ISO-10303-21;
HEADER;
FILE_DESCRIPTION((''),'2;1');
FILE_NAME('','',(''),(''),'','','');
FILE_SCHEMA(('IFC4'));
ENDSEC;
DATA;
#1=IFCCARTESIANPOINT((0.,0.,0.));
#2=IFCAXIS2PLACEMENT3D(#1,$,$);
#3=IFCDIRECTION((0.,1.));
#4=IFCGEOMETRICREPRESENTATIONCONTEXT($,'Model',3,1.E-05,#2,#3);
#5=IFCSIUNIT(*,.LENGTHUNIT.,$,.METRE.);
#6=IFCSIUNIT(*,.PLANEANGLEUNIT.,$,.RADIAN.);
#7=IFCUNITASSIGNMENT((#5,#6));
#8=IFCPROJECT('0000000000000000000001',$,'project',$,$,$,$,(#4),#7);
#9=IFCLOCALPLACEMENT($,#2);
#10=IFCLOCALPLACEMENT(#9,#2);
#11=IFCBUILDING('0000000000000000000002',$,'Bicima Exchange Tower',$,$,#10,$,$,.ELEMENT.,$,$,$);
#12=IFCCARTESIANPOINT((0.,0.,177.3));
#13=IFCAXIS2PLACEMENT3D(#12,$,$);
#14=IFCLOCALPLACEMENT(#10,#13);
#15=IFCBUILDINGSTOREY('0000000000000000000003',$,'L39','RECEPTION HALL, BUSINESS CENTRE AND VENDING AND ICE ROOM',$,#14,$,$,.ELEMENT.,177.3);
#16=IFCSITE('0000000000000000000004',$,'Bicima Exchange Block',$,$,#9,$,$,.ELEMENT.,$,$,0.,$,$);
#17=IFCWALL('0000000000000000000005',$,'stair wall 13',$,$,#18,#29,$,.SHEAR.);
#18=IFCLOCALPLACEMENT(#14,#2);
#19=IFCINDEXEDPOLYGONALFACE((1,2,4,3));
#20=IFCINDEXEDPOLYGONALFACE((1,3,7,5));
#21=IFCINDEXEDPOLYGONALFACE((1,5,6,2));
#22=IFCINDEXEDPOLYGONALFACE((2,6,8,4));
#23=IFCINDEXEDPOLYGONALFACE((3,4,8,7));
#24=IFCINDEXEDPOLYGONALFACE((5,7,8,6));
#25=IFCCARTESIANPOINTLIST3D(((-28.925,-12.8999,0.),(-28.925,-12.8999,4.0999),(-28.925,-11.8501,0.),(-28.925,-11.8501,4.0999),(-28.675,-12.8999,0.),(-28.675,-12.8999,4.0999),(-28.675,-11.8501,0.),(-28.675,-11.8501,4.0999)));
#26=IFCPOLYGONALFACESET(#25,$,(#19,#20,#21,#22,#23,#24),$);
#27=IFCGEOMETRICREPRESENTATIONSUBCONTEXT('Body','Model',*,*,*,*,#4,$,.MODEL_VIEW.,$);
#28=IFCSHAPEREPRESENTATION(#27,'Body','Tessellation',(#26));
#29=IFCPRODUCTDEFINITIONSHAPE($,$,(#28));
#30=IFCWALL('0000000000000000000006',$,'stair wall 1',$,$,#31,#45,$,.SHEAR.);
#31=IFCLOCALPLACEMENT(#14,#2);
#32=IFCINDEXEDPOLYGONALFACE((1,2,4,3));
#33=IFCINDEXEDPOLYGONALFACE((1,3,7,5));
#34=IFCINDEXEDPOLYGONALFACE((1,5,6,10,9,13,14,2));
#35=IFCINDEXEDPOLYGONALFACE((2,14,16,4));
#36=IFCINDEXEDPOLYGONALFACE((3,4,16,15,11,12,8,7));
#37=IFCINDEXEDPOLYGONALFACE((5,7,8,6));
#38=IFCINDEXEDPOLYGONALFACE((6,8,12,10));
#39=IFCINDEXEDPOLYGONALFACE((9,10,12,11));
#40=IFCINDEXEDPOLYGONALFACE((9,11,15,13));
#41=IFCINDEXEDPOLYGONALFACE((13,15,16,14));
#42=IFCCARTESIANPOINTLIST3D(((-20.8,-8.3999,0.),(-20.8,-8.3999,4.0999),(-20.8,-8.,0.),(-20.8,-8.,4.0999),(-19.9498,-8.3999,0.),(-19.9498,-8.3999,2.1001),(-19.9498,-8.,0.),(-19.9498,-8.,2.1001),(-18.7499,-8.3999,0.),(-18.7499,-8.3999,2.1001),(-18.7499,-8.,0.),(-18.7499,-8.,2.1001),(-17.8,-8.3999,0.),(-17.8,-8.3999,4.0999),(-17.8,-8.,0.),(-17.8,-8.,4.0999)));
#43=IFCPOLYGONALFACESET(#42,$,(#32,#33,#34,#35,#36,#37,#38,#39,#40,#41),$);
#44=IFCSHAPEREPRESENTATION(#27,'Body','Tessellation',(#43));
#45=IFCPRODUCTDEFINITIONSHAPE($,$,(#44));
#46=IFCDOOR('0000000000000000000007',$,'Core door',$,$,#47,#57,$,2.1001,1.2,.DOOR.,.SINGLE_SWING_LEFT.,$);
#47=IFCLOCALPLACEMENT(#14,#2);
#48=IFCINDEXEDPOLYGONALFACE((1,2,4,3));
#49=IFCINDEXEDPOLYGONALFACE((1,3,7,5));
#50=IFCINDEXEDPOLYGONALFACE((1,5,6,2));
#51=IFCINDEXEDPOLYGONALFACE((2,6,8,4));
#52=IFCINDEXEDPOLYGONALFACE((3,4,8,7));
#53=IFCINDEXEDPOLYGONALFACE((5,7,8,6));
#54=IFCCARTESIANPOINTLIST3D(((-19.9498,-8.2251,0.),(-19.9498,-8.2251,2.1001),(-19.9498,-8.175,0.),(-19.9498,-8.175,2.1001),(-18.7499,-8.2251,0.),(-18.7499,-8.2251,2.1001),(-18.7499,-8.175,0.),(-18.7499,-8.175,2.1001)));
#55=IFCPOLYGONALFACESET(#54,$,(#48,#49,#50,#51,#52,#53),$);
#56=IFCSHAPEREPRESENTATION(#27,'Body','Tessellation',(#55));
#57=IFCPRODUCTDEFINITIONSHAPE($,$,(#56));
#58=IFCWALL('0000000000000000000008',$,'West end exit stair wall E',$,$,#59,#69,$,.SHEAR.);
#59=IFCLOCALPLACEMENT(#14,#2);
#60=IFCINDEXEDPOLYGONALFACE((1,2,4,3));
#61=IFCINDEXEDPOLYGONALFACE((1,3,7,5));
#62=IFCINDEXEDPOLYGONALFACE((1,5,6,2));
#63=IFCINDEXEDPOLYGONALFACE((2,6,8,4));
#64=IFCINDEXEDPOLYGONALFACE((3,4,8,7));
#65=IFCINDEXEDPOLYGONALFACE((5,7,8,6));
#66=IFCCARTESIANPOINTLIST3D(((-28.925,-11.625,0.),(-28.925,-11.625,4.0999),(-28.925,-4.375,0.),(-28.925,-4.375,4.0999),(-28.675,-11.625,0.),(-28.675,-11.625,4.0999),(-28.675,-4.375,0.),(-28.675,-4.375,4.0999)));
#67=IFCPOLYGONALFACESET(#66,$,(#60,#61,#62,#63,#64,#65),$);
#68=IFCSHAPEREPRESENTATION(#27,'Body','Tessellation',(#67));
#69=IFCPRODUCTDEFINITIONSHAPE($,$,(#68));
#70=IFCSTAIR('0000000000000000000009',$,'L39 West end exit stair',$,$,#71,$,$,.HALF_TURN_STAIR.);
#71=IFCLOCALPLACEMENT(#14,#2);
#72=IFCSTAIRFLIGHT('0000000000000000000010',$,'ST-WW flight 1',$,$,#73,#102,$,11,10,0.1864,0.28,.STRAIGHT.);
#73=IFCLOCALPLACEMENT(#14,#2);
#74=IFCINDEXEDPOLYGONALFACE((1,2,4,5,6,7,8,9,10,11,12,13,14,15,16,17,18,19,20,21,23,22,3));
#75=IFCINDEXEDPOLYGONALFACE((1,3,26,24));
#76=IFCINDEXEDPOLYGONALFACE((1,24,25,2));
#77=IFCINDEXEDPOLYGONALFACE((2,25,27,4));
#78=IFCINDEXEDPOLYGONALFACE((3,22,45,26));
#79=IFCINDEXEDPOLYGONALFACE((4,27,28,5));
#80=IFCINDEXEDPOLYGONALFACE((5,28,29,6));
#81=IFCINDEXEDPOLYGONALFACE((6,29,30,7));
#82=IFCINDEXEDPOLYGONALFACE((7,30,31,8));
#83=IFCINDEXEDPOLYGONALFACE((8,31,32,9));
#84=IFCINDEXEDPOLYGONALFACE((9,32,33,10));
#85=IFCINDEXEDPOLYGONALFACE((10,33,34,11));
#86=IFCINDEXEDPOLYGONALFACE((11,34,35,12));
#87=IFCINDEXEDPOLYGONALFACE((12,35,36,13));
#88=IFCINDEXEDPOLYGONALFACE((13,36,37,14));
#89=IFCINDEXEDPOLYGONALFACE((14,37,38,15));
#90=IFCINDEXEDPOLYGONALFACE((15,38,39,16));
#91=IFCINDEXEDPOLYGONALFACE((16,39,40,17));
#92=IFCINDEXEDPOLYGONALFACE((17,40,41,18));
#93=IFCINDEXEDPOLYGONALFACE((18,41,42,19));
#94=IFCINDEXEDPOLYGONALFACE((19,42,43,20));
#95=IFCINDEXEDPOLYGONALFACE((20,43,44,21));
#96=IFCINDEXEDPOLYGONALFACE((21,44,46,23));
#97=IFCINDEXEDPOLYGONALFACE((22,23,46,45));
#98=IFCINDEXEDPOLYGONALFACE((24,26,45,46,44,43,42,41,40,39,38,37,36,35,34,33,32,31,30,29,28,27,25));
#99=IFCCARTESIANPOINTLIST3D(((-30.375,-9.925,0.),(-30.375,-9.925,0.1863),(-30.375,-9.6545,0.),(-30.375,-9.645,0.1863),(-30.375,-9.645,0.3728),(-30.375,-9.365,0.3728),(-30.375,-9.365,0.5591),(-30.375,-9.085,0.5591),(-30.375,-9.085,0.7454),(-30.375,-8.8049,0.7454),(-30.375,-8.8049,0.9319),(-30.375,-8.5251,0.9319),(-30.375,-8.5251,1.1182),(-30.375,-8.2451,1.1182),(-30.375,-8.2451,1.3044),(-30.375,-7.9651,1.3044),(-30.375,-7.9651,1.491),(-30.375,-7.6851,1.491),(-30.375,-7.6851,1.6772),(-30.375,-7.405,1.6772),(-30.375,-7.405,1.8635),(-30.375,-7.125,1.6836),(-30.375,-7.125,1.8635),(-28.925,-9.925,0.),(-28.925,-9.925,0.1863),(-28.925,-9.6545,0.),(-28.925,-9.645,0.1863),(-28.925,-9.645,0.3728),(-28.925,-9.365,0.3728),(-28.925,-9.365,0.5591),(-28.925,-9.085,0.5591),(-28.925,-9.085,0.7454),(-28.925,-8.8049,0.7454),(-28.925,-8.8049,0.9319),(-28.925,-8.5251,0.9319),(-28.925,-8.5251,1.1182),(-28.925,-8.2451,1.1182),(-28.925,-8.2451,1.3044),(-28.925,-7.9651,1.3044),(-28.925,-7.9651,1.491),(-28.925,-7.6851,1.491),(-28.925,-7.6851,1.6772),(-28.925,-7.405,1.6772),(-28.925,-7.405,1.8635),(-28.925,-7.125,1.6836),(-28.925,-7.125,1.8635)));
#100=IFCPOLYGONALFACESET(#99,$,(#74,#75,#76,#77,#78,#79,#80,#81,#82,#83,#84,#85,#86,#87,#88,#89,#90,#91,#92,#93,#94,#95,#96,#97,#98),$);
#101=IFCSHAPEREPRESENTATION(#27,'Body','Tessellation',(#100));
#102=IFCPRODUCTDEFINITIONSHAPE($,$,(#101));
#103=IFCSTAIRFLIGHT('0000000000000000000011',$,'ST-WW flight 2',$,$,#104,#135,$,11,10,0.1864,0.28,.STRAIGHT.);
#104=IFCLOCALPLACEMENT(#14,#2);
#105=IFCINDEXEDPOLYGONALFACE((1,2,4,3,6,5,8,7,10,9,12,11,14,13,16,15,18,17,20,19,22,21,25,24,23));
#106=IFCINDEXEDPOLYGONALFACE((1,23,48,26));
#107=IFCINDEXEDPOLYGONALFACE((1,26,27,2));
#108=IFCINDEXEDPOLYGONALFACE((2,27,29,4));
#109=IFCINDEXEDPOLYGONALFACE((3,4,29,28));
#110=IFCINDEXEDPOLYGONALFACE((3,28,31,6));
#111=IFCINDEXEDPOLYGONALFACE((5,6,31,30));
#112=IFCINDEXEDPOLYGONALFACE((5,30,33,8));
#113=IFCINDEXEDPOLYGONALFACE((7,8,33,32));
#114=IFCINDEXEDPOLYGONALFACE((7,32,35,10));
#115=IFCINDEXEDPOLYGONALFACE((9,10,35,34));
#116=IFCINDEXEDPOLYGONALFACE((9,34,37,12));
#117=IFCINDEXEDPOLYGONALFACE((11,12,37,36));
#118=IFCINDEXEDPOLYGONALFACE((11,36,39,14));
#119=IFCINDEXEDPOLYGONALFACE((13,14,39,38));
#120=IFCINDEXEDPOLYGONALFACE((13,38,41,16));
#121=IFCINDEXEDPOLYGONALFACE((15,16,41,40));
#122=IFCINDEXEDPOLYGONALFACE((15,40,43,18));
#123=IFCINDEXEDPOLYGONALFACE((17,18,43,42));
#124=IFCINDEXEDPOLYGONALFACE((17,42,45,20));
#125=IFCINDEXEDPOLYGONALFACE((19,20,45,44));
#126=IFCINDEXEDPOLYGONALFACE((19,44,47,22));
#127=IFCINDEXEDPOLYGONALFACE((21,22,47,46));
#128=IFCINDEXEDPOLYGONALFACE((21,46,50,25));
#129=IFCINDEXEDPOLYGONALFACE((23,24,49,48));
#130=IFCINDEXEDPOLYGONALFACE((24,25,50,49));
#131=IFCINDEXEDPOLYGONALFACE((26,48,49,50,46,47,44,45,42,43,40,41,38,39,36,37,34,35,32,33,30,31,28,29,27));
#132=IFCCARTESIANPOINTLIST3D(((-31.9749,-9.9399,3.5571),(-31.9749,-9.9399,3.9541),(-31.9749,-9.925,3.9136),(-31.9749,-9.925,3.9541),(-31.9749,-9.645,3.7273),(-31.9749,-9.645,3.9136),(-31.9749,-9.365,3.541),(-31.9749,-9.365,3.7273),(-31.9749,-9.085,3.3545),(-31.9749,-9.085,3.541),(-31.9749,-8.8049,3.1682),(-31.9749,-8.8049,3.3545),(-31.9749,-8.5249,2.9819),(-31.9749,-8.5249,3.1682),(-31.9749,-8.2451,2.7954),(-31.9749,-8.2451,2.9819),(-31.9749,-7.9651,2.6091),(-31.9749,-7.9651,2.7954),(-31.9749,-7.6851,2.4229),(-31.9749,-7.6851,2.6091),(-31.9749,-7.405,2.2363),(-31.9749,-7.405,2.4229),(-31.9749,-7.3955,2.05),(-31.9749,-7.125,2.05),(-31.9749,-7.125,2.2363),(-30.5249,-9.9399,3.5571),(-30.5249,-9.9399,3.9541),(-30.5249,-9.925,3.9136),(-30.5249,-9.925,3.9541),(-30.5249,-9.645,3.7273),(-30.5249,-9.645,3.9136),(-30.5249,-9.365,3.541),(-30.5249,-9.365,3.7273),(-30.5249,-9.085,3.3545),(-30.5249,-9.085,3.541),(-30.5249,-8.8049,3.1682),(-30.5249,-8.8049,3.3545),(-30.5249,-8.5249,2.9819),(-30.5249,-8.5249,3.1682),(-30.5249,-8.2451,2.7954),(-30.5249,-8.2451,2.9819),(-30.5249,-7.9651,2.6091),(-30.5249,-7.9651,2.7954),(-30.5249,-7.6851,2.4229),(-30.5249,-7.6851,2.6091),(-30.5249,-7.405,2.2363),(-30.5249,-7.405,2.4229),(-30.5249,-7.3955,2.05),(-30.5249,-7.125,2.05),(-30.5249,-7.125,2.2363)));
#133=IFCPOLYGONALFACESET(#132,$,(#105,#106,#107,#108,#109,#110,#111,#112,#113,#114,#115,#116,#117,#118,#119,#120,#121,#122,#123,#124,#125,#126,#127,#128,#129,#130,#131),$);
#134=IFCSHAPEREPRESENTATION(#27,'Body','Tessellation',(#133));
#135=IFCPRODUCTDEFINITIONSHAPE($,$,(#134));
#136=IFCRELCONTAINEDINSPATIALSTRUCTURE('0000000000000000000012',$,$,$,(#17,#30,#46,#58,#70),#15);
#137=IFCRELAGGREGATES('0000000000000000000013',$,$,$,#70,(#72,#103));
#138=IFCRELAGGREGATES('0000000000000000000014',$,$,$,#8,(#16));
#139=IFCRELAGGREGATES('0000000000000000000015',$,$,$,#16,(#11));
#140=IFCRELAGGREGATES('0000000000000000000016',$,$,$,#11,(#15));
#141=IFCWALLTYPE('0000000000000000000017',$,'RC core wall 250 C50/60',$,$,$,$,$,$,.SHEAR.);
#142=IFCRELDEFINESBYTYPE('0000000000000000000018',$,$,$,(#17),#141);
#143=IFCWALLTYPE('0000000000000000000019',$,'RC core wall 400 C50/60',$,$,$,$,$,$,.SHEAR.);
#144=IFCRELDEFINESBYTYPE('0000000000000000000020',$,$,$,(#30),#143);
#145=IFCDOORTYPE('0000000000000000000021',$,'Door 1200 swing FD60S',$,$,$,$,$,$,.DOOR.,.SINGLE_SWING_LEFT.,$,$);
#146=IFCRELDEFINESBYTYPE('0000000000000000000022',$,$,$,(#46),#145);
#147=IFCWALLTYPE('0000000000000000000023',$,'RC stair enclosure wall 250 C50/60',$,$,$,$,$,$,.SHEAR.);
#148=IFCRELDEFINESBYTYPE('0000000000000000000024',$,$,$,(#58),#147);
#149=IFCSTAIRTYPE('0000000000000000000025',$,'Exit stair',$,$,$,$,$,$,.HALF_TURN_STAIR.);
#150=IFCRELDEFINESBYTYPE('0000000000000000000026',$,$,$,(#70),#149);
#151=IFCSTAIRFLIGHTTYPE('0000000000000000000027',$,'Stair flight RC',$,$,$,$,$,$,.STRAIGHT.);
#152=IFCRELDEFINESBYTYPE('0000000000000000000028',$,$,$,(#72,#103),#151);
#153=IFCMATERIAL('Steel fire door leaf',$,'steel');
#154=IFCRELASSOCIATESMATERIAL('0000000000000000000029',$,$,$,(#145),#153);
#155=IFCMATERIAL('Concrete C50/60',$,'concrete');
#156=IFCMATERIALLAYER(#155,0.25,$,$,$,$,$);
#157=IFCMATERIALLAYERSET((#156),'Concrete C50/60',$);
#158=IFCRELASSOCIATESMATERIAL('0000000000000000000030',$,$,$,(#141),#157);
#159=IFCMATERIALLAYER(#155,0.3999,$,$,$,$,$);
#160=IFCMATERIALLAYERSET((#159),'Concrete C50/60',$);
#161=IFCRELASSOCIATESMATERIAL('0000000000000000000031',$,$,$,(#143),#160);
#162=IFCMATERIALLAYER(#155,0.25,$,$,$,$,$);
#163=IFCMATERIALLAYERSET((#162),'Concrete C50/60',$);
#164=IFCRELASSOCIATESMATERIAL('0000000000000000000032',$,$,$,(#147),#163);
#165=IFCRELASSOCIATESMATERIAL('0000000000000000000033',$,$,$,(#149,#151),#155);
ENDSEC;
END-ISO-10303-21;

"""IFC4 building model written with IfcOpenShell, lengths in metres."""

from ifc_helpers import new_model, si_unit, direction, frame, frame_2d, origin, place, context, subcontext, project, spatial, polyline, rectangle, outline, extrude, material, layer, layer_set, type_object, element, fill, aggregate, save


model = new_model("IFC4")

# Units and contexts
model_context = context("Model", 3, precision=1e-05, world=origin(), true_north=direction((0.0, 1.0)))
body_context = subcontext(model_context, "Body", "Model", "MODEL_VIEW")
ifc_project = project(units=[si_unit("LENGTHUNIT", "METRE"), si_unit("PLANEANGLEUNIT", "RADIAN")], contexts=[model_context])

# Site, building, storey
site_placement = place(None, origin())
site = spatial("IfcSite", under=ifc_project, at=site_placement, Name="Bicima Exchange Block", CompositionType="ELEMENT", RefElevation=0.0)
building_placement = place(site_placement, origin())
building = spatial("IfcBuilding", under=site, at=building_placement, Name="Bicima Exchange Tower", CompositionType="ELEMENT")
storey_placement = place(building_placement, frame((0.0, 0.0, 177.3)))
storey = spatial("IfcBuildingStorey", under=building, at=storey_placement, Name="L39", Description="RECEPTION HALL, BUSINESS CENTRE AND VENDING AND ICE ROOM", CompositionType="ELEMENT", Elevation=177.3)

# Shared definitions
ifc_material_1 = material(Name="Concrete C50/60", Category="concrete")
ifc_material_2 = material(Name="Steel fire door leaf", Category="steel")
door_type_1 = type_object("IfcDoorType", Name="Door 1200 swing FD60S", OperationType="SINGLE_SWING_LEFT", PredefinedType="DOOR", material=ifc_material_2)

# Wall
ifc_layer_1 = layer(ifc_material_1, 0.25)
ifc_layer_set_1 = layer_set([ifc_layer_1], Name="Concrete C50/60")
wall_type_1 = type_object("IfcWallType", Name="RC core wall 250 C50/60", PredefinedType="SHEAR", material=ifc_layer_set_1)
wall_1_placement = place(storey_placement, frame((-28.8, -12.8999, 0.0), z_axis=(0.0, 0.0, 1.0), x_axis=(0.0, 1.0, 0.0)))
element("IfcWall", 1, at=wall_1_placement, inside=storey, type_object=wall_type_1, Name="stair wall 13", PredefinedType="SHEAR", context=body_context, shape_type="SweptSolid", body=[
    extrude(rectangle(XDim=1.0498, YDim=0.25, at=frame_2d((0.5249, 0.0))), origin(), (0.0, 0.0, 1.0), 4.0999),
])

# Wall, opening, door
ifc_layer_2 = layer(ifc_material_1, 0.3999)
ifc_layer_set_2 = layer_set([ifc_layer_2], Name="Concrete C50/60")
wall_type_2 = type_object("IfcWallType", Name="RC core wall 400 C50/60", PredefinedType="SHEAR", material=ifc_layer_set_2)
wall_2_placement = place(storey_placement, frame((-20.8, -8.2, 0.0), z_axis=(0.0, 0.0, 1.0), x_axis=(1.0, 0.0, 0.0)))
wall_2 = element("IfcWall", 2, at=wall_2_placement, inside=storey, type_object=wall_type_2, Name="stair wall 1", PredefinedType="SHEAR", context=body_context, shape_type="SweptSolid", body=[
    extrude(rectangle(XDim=3.0, YDim=0.3999, at=frame_2d((1.5, 0.0))), origin(), (0.0, 0.0, 1.0), 4.0999),
])
opening_1_placement = place(wall_2_placement, frame((0.8501, 0.0, 0.0)))
opening_1 = element("IfcOpeningElement", 3, at=opening_1_placement, cuts=wall_2, PredefinedType="OPENING", context=body_context, shape_type="SweptSolid", body=[
    extrude(rectangle(XDim=1.2, YDim=2.1001, at=frame_2d((0.6001, 1.05))), frame((0.0, 0.2119, 0.0), z_axis=(0.0, -1.0, 0.0), x_axis=(1.0, 0.0, 0.0)), (0.0, 0.0, 1.0), 0.4238),
])
door_1_placement = place(opening_1_placement, origin())
door_1 = element("IfcDoor", 4, at=door_1_placement, inside=storey, type_object=door_type_1, Name="Core door", OperationType="SINGLE_SWING_LEFT", OverallHeight=2.1001, OverallWidth=1.2, PredefinedType="DOOR", context=body_context, shape_type="SweptSolid", body=[
    extrude(rectangle(XDim=1.2, YDim=2.1001, at=frame_2d((0.6001, 1.05))), frame((0.0, 0.0249, 0.0), z_axis=(0.0, -1.0, 0.0), x_axis=(1.0, 0.0, 0.0)), (0.0, 0.0, 1.0), 0.05),
])
fill(opening_1, door_1)

# Wall
ifc_layer_3 = layer(ifc_material_1, 0.25)
ifc_layer_set_3 = layer_set([ifc_layer_3], Name="Concrete C50/60")
wall_type_3 = type_object("IfcWallType", Name="RC stair enclosure wall 250 C50/60", PredefinedType="SHEAR", material=ifc_layer_set_3)
wall_3_placement = place(storey_placement, frame((-28.8, -11.625, 0.0), z_axis=(0.0, 0.0, 1.0), x_axis=(0.0, 1.0, 0.0)))
element("IfcWall", 5, at=wall_3_placement, inside=storey, type_object=wall_type_3, Name="West end exit stair wall E", PredefinedType="SHEAR", context=body_context, shape_type="SweptSolid", body=[
    extrude(rectangle(XDim=7.25, YDim=0.25, at=frame_2d((3.625, 0.0))), origin(), (0.0, 0.0, 1.0), 4.0999),
])

# Stair, stair flights
stair_type = type_object("IfcStairType", Name="Exit stair", PredefinedType="HALF_TURN_STAIR", material=ifc_material_1)
stair_placement = place(storey_placement, origin())
stair = element("IfcStair", 6, at=stair_placement, inside=storey, type_object=stair_type, Name="L39 West end exit stair", PredefinedType="HALF_TURN_STAIR")
stair_flight_type = type_object("IfcStairFlightType", Name="Stair flight RC", PredefinedType="STRAIGHT", material=ifc_material_1)
stair_flight_1_placement = place(storey_placement, frame((-29.6499, -9.925, 0.0), z_axis=(0.0, 0.0, 1.0), x_axis=(0.0, 1.0, 0.0)))
stair_flight_1 = element("IfcStairFlight", 7, at=stair_flight_1_placement, type_object=stair_flight_type, Name="ST-WW flight 1", NumberOfRisers=11, NumberOfTreads=10, PredefinedType="STRAIGHT", RiserHeight=0.1864, TreadLength=0.28, context=body_context, shape_type="SweptSolid", body=[
    extrude(outline(polyline([(0.0, 0.0), (0.0, 0.1863), (0.28, 0.1863), (0.28, 0.3728), (0.5601, 0.3728), (0.5601, 0.5591), (0.8401, 0.5591), (0.8401, 0.7454), (1.1201, 0.7454), (1.1201, 0.9319), (1.3999, 0.9319), (1.3999, 1.1182), (1.6799, 1.1182), (1.6799, 1.3044), (1.96, 1.3044), (1.96, 1.491), (2.24, 1.491), (2.24, 1.6772), (2.52, 1.6772), (2.52, 1.8635), (2.8, 1.8635), (2.8, 2.05), (2.8, 1.6836), (0.2705, 0.0), (0.0, 0.0)])), frame((0.0, 0.7251, 0.0), z_axis=(0.0, -1.0, 0.0), x_axis=(1.0, 0.0, 0.0)), (0.0, 0.0, 1.0), 1.45),
])
stair_flight_2_placement = place(storey_placement, frame((-31.25, -7.125, 2.05), z_axis=(0.0, 0.0, 1.0), x_axis=(0.0, -1.0, 0.0)))
stair_flight_2 = element("IfcStairFlight", 8, at=stair_flight_2_placement, type_object=stair_flight_type, Name="ST-WW flight 2", NumberOfRisers=11, NumberOfTreads=10, PredefinedType="STRAIGHT", RiserHeight=0.1864, TreadLength=0.28, context=body_context, shape_type="SweptSolid", body=[
    extrude(outline(polyline([(0.0, 0.0), (0.0, 0.1863), (0.28, 0.1863), (0.28, 0.3728), (0.5601, 0.3728), (0.5601, 0.5591), (0.8401, 0.5591), (0.8401, 0.7454), (1.1201, 0.7454), (1.1201, 0.9319), (1.3999, 0.9319), (1.3999, 1.1182), (1.6799, 1.1182), (1.6799, 1.3044), (1.96, 1.3044), (1.96, 1.491), (2.24, 1.491), (2.24, 1.6772), (2.52, 1.6772), (2.52, 1.8635), (2.8, 1.8635), (2.8, 1.9041), (2.8149, 1.9041), (2.8149, 1.5071), (0.2705, 0.0), (0.0, 0.0)])), frame((0.0, 0.7251, 0.0), z_axis=(0.0, -1.0, 0.0), x_axis=(1.0, 0.0, 0.0)), (0.0, 0.0, 1.0), 1.45),
])
aggregate(stair, [stair_flight_1, stair_flight_2])

save(model, "model.ifc")
